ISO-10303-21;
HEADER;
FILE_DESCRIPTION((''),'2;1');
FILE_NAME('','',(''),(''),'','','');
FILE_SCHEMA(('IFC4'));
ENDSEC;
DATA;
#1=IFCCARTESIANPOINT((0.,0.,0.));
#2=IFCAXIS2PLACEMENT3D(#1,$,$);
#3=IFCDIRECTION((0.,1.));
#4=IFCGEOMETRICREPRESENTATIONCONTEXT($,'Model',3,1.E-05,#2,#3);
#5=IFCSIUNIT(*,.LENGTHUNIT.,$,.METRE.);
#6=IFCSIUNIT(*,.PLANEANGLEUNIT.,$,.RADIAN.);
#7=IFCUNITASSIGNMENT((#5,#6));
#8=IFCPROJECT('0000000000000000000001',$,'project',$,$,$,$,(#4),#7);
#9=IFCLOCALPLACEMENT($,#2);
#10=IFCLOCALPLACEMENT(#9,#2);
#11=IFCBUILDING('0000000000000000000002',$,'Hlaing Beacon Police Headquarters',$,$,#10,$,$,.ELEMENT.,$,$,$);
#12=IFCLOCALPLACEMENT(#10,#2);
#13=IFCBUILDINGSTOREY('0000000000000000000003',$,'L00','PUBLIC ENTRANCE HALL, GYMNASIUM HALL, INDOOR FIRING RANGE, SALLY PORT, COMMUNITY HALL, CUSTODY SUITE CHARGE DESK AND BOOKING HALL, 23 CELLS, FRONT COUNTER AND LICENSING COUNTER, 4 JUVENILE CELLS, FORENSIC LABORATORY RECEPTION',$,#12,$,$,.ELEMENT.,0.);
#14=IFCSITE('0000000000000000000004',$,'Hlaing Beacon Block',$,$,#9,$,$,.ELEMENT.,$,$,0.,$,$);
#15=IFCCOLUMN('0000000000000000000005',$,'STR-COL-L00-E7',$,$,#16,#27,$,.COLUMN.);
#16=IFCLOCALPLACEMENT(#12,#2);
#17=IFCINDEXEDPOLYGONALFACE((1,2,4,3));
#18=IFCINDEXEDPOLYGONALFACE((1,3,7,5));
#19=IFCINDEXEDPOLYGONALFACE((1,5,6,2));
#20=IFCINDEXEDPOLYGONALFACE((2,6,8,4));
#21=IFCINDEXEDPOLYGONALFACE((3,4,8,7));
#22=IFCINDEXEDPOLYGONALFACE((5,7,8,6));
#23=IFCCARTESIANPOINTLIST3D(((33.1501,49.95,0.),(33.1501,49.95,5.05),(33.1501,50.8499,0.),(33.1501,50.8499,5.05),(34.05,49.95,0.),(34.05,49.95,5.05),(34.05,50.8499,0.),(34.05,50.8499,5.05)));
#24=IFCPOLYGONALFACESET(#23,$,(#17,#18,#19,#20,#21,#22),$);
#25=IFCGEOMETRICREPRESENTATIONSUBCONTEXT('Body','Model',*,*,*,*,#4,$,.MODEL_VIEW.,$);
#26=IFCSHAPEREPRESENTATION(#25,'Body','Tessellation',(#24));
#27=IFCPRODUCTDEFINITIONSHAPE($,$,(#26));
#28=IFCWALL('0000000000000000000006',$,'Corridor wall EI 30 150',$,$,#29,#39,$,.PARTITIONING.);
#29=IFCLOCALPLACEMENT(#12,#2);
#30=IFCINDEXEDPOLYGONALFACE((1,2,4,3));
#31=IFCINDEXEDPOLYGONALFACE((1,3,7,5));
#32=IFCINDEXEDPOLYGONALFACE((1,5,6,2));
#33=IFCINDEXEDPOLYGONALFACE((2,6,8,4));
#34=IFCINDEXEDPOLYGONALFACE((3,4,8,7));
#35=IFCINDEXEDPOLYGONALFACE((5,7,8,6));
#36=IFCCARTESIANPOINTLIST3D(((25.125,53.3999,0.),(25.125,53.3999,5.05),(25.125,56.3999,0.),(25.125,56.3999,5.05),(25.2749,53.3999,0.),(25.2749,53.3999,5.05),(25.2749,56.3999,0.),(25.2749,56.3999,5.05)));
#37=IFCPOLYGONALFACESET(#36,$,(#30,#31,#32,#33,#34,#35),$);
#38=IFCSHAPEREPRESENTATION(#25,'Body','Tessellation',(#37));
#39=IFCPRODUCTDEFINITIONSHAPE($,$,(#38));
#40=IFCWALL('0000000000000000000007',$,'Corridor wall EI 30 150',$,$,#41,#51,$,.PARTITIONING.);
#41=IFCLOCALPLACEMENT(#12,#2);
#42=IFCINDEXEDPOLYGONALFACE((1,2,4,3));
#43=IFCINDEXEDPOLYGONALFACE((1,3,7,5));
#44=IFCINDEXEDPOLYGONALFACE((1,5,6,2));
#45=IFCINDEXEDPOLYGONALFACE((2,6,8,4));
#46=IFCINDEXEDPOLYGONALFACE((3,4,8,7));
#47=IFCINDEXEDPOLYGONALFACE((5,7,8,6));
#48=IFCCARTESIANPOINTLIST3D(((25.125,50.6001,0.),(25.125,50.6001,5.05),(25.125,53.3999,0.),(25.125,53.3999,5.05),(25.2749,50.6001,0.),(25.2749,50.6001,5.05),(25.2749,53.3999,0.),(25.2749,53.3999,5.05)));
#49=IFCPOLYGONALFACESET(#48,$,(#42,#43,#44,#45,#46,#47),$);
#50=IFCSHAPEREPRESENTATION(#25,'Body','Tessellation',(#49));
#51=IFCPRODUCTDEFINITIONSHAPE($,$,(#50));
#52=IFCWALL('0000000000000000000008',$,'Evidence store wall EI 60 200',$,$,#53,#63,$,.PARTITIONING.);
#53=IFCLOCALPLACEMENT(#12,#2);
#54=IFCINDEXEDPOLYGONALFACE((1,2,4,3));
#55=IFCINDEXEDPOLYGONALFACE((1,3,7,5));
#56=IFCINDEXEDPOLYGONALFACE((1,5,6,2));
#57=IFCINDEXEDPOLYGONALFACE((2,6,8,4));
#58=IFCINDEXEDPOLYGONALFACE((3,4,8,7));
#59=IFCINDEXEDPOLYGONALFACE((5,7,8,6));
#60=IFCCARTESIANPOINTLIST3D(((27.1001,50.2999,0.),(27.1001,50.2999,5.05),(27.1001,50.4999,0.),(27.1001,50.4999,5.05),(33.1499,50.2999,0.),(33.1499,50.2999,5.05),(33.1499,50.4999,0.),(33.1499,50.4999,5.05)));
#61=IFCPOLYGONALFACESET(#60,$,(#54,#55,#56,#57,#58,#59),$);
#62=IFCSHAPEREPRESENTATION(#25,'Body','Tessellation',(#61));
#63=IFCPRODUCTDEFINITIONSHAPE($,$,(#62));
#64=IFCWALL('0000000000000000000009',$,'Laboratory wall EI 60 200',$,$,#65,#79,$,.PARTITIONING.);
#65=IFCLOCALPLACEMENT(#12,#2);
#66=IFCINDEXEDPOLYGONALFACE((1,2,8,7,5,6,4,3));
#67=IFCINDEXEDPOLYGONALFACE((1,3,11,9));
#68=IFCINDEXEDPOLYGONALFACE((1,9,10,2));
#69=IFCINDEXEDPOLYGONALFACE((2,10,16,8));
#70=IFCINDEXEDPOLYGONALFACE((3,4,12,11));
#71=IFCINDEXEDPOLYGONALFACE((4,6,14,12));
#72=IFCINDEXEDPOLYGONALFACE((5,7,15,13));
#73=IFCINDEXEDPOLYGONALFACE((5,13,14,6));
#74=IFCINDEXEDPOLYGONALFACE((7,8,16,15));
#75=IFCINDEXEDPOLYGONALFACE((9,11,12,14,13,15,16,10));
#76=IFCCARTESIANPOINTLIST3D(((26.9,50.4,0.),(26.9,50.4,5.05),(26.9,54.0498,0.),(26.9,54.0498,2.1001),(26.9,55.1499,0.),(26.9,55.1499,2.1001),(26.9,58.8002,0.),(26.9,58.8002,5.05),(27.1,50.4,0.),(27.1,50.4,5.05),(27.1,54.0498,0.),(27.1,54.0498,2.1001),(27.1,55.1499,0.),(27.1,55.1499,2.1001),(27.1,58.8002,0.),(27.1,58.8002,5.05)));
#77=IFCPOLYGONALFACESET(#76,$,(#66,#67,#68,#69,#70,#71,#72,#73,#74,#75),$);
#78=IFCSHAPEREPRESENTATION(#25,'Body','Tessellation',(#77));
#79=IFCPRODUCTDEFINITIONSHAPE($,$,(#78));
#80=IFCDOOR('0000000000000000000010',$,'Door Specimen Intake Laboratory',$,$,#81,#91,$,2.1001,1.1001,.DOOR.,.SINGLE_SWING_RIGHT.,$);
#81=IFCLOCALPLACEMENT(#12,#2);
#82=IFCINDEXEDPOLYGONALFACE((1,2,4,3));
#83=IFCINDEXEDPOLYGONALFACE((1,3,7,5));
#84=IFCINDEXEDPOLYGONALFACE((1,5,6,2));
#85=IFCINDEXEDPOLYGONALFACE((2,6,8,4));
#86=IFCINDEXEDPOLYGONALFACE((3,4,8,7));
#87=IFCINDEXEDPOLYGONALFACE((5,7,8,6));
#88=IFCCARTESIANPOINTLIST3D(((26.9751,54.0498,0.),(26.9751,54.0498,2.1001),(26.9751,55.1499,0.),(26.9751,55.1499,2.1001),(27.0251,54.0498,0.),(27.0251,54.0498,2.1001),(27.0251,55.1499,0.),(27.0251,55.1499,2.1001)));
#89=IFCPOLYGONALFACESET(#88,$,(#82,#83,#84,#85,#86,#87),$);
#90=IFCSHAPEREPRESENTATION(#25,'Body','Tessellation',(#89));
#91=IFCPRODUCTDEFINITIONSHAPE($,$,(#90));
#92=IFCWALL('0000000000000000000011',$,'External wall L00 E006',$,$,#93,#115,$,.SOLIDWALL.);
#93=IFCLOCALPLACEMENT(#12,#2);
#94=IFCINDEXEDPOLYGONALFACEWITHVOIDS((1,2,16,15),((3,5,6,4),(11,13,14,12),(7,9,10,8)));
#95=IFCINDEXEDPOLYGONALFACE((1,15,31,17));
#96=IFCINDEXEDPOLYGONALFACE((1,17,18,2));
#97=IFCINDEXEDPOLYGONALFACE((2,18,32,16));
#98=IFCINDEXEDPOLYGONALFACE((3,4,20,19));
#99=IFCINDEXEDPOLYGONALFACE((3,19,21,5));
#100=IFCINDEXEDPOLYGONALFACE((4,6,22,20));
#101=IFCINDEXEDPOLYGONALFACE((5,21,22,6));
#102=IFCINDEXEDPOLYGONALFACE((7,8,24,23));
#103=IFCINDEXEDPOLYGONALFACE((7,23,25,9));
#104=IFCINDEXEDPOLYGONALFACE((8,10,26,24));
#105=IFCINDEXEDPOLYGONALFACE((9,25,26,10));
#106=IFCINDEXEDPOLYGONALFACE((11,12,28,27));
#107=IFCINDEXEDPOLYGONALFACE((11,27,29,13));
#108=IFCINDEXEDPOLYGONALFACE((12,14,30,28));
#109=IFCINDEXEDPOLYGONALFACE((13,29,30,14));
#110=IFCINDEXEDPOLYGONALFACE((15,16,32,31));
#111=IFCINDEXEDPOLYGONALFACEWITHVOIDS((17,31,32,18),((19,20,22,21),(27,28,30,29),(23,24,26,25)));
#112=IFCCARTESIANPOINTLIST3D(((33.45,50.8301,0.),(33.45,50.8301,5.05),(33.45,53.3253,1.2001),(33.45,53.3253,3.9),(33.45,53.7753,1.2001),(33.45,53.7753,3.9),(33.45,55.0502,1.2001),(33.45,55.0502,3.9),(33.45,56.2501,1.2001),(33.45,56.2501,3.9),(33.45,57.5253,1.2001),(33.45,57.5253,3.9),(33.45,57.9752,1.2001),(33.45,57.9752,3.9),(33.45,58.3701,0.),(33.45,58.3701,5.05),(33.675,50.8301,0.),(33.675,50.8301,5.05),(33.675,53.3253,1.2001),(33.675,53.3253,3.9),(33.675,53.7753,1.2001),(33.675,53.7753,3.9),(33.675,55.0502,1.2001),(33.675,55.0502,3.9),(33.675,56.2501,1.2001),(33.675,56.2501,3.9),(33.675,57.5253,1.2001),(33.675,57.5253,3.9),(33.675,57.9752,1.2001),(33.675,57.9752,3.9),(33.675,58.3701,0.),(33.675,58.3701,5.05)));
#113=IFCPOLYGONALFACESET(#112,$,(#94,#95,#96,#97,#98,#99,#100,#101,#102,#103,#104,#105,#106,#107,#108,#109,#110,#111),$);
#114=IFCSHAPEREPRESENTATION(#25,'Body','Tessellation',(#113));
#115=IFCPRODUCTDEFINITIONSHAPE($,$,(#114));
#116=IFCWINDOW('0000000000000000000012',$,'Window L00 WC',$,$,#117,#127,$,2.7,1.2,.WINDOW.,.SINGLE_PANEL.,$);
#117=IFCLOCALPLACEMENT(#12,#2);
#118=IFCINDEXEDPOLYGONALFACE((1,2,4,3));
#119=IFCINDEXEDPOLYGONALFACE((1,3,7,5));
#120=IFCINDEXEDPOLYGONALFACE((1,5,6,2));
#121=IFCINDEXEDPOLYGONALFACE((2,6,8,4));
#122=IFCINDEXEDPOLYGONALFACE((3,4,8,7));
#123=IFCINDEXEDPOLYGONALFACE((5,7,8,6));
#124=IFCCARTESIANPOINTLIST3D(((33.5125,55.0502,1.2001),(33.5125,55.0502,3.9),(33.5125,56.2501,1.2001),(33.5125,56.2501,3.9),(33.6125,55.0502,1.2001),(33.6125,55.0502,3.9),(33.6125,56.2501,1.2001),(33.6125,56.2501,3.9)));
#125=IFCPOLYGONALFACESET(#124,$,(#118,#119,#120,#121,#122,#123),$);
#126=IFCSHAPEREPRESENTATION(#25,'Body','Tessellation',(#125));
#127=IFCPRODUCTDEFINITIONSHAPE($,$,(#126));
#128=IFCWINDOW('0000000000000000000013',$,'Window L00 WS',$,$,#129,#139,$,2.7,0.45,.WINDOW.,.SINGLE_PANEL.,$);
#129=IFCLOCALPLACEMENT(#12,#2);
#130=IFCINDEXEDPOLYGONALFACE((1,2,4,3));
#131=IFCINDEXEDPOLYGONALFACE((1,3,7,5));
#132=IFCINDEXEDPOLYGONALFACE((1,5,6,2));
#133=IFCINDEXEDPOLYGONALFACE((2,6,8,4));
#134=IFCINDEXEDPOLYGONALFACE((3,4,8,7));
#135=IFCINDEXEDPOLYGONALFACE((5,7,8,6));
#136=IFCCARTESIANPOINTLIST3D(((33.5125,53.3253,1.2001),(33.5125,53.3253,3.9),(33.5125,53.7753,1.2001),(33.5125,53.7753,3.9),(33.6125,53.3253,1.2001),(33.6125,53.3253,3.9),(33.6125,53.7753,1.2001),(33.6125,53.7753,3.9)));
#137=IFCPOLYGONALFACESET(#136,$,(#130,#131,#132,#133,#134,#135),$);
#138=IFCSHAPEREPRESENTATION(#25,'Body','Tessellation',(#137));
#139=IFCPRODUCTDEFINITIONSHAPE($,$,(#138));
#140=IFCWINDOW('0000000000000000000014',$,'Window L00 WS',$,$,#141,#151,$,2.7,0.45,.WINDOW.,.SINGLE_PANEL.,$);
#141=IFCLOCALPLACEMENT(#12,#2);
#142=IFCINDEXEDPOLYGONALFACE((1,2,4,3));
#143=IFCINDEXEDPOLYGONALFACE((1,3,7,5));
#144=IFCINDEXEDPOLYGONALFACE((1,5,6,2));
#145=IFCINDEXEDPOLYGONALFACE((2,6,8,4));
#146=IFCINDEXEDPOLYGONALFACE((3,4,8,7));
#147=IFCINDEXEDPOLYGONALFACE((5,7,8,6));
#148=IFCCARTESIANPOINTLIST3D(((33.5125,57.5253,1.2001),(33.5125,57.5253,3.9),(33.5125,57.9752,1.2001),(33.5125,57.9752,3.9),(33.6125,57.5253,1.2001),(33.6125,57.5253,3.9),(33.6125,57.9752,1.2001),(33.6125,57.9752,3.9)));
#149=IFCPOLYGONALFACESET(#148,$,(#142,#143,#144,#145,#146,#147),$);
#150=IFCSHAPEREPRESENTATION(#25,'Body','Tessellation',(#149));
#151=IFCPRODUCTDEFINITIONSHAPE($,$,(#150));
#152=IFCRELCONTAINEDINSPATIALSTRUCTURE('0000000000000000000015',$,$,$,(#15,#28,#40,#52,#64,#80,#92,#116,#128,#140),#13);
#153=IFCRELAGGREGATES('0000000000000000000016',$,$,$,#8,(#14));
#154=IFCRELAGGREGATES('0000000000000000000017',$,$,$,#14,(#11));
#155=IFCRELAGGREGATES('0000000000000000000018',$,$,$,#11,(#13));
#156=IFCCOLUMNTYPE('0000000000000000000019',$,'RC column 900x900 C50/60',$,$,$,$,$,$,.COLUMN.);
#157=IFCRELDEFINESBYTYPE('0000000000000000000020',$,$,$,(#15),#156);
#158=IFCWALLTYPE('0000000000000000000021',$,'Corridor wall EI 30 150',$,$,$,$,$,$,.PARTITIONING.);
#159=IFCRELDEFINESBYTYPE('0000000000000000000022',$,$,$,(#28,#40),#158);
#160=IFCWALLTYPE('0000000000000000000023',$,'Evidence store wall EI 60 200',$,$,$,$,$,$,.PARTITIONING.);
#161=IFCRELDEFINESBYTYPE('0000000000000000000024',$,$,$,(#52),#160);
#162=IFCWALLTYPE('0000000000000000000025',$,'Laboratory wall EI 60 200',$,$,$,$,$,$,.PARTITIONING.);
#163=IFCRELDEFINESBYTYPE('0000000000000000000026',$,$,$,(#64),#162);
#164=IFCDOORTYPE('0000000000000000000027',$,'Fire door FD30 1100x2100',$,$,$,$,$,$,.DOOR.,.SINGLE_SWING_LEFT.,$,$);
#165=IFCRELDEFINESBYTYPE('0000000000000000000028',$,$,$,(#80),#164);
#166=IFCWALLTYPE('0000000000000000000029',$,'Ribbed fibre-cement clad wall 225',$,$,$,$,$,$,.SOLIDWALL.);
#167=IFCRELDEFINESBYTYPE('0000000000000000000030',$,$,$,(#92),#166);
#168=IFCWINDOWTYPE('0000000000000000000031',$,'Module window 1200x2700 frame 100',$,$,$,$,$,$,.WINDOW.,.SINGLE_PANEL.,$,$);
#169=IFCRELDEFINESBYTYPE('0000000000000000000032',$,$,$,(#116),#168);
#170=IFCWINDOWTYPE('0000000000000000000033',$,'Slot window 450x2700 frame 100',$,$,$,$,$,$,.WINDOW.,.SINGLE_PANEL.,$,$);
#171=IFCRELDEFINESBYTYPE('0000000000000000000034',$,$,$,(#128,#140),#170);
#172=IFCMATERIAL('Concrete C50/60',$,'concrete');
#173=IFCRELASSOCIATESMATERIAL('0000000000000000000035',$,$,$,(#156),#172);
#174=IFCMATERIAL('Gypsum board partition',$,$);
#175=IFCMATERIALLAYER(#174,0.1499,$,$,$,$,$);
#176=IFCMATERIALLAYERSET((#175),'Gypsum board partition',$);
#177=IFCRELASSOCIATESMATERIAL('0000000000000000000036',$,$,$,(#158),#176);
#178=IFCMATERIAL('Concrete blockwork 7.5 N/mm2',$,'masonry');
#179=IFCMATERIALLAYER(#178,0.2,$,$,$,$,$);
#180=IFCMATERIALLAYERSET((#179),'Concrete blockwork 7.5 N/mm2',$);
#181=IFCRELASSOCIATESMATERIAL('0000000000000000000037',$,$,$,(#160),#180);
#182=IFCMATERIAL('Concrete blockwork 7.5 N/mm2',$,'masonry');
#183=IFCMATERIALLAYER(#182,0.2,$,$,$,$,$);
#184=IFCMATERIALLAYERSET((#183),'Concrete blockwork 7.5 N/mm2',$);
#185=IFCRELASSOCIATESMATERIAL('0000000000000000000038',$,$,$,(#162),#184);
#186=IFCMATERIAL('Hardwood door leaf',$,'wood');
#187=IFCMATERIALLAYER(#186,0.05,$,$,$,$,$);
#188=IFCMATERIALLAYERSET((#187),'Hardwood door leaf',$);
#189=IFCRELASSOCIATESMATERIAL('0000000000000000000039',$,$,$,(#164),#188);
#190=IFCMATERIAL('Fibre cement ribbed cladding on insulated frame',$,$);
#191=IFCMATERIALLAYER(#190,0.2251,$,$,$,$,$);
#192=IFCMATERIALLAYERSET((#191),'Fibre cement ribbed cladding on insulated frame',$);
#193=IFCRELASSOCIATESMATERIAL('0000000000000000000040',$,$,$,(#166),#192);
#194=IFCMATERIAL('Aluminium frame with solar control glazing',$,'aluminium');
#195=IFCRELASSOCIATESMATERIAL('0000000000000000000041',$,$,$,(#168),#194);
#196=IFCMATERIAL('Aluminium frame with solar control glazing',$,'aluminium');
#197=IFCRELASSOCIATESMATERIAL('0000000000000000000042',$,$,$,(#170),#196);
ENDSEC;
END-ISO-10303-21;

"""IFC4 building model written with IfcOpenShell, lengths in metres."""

from ifc_helpers import new_model, si_unit, direction, frame, frame_2d, origin, origin_2d, place, context, subcontext, project, spatial, rectangle, extrude, material, layer, layer_set, material_profile, profile_set, type_object, element, fill, save


model = new_model("IFC4")

# Units and contexts
model_context = context("Model", 3, precision=1e-05, world=origin(), true_north=direction((0.0, 1.0)))
body_context = subcontext(model_context, "Body", "Model", "MODEL_VIEW")
ifc_project = project(units=[si_unit("LENGTHUNIT", "METRE"), si_unit("PLANEANGLEUNIT", "RADIAN")], contexts=[model_context])

# Site, building, storey
site_placement = place(None, origin())
site = spatial("IfcSite", under=ifc_project, at=site_placement, Name="Hlaing Beacon Block", CompositionType="ELEMENT", RefElevation=0.0)
building_placement = place(site_placement, origin())
building = spatial("IfcBuilding", under=site, at=building_placement, Name="Hlaing Beacon Police Headquarters", CompositionType="ELEMENT")
storey_placement = place(building_placement, origin())
storey = spatial("IfcBuildingStorey", under=building, at=storey_placement, Name="L00", Description="PUBLIC ENTRANCE HALL, GYMNASIUM HALL, INDOOR FIRING RANGE, SALLY PORT, COMMUNITY HALL, CUSTODY SUITE CHARGE DESK AND BOOKING HALL, 23 CELLS, FRONT COUNTER AND LICENSING COUNTER, 4 JUVENILE CELLS, FORENSIC LABORATORY RECEPTION", CompositionType="ELEMENT", Elevation=0.0)

# Column
ifc_material_1 = material(Name="Concrete C50/60", Category="concrete")
ifc_material_profile = material_profile(ifc_material_1, rectangle(XDim=0.8999, YDim=0.8999, at=origin_2d()), Name="900x900")
ifc_profile_set = profile_set([ifc_material_profile], Name="Concrete C50/60")
column_type = type_object("IfcColumnType", Name="RC column 900x900 C50/60", PredefinedType="COLUMN", material=ifc_profile_set)
column_placement = place(storey_placement, frame((33.6001, 50.3999, 0.0), z_axis=(0.0, 0.0, 1.0), x_axis=(1.0, 0.0, 0.0)))
element("IfcColumn", 1, at=column_placement, inside=storey, type_object=column_type, Name="STR-COL-L00-E7", PredefinedType="COLUMN", context=body_context, shape_type="SweptSolid", body=[
    extrude(rectangle(XDim=0.8999, YDim=0.8999, at=origin_2d()), origin(), (0.0, 0.0, 1.0), 5.05),
])

# Walls
ifc_material_2 = material(Name="Gypsum board partition")
ifc_layer_1 = layer(ifc_material_2, 0.1499)
ifc_layer_set_1 = layer_set([ifc_layer_1], Name="Gypsum board partition")
wall_type_1 = type_object("IfcWallType", Name="Corridor wall EI 30 150", PredefinedType="PARTITIONING", material=ifc_layer_set_1)
wall_1_placement = place(storey_placement, frame((25.2, 53.3999, 0.0), z_axis=(0.0, 0.0, 1.0), x_axis=(0.0, 1.0, 0.0)))
element("IfcWall", 2, at=wall_1_placement, inside=storey, type_object=wall_type_1, Name="Corridor wall EI 30 150", PredefinedType="PARTITIONING", context=body_context, shape_type="SweptSolid", body=[
    extrude(rectangle(XDim=3.0, YDim=0.1499, at=frame_2d((1.5, 0.0))), origin(), (0.0, 0.0, 1.0), 5.05),
])
wall_2_placement = place(storey_placement, frame((25.2, 50.6001, 0.0), z_axis=(0.0, 0.0, 1.0), x_axis=(0.0, 1.0, 0.0)))
element("IfcWall", 3, at=wall_2_placement, inside=storey, type_object=wall_type_1, Name="Corridor wall EI 30 150", PredefinedType="PARTITIONING", context=body_context, shape_type="SweptSolid", body=[
    extrude(rectangle(XDim=2.7998, YDim=0.1499, at=frame_2d((1.3999, 0.0))), origin(), (0.0, 0.0, 1.0), 5.05),
])
ifc_material_3 = material(Name="Concrete blockwork 7.5 N/mm2", Category="masonry")
ifc_layer_2 = layer(ifc_material_3, 0.2)
ifc_layer_set_2 = layer_set([ifc_layer_2], Name="Concrete blockwork 7.5 N/mm2")
wall_type_2 = type_object("IfcWallType", Name="Evidence store wall EI 60 200", PredefinedType="PARTITIONING", material=ifc_layer_set_2)
wall_3_placement = place(storey_placement, frame((27.1001, 50.3999, 0.0), z_axis=(0.0, 0.0, 1.0), x_axis=(1.0, 0.0, 0.0)))
element("IfcWall", 4, at=wall_3_placement, inside=storey, type_object=wall_type_2, Name="Evidence store wall EI 60 200", PredefinedType="PARTITIONING", context=body_context, shape_type="SweptSolid", body=[
    extrude(rectangle(XDim=6.0498, YDim=0.2, at=frame_2d((3.0249, 0.0))), origin(), (0.0, 0.0, 1.0), 5.05),
])

# Wall, opening, door
ifc_material_4 = material(Name="Concrete blockwork 7.5 N/mm2", Category="masonry")
ifc_layer_3 = layer(ifc_material_4, 0.2)
ifc_layer_set_3 = layer_set([ifc_layer_3], Name="Concrete blockwork 7.5 N/mm2")
wall_type_3 = type_object("IfcWallType", Name="Laboratory wall EI 60 200", PredefinedType="PARTITIONING", material=ifc_layer_set_3)
wall_4_placement = place(storey_placement, frame((27.0, 50.3999, 0.0), z_axis=(0.0, 0.0, 1.0), x_axis=(0.0, 1.0, 0.0)))
wall_4 = element("IfcWall", 5, at=wall_4_placement, inside=storey, type_object=wall_type_3, Name="Laboratory wall EI 60 200", PredefinedType="PARTITIONING", context=body_context, shape_type="SweptSolid", body=[
    extrude(rectangle(XDim=8.4001, YDim=0.2, at=frame_2d((4.2002, 0.0))), origin(), (0.0, 0.0, 1.0), 5.05),
])
opening_1_placement = place(wall_4_placement, frame((3.6499, 0.0, 0.0)))
opening_1 = element("IfcOpeningElement", 6, at=opening_1_placement, cuts=wall_4, PredefinedType="OPENING", context=body_context, shape_type="SweptSolid", body=[
    extrude(rectangle(XDim=1.1001, YDim=2.1001, at=frame_2d((0.55, 1.05))), frame((0.0, 0.1099, 0.0), z_axis=(0.0, -1.0, 0.0), x_axis=(1.0, 0.0, 0.0)), (0.0, 0.0, 1.0), 0.22),
])
ifc_material_5 = material(Name="Hardwood door leaf", Category="wood")
ifc_layer_4 = layer(ifc_material_5, 0.05)
ifc_layer_set_4 = layer_set([ifc_layer_4], Name="Hardwood door leaf")
door_type = type_object("IfcDoorType", Name="Fire door FD30 1100x2100", OperationType="SINGLE_SWING_LEFT", PredefinedType="DOOR", material=ifc_layer_set_4)
door_placement = place(opening_1_placement, frame((1.1001, 0.0, 0.0), z_axis=(0.0, 0.0, 1.0), x_axis=(-1.0, 0.0, 0.0)))
door = element("IfcDoor", 7, at=door_placement, inside=storey, type_object=door_type, Name="Door Specimen Intake Laboratory", OperationType="SINGLE_SWING_RIGHT", OverallHeight=2.1001, OverallWidth=1.1001, PredefinedType="DOOR", context=body_context, shape_type="SweptSolid", body=[
    extrude(rectangle(XDim=1.1001, YDim=2.1001, at=frame_2d((0.55, 1.05))), frame((0.0, 0.0251, 0.0), z_axis=(0.0, -1.0, 0.0), x_axis=(1.0, 0.0, 0.0)), (0.0, 0.0, 1.0), 0.05),
])
fill(opening_1, door)

# Wall, openings, windows
ifc_material_6 = material(Name="Fibre cement ribbed cladding on insulated frame")
ifc_layer_5 = layer(ifc_material_6, 0.2251)
ifc_layer_set_5 = layer_set([ifc_layer_5], Name="Fibre cement ribbed cladding on insulated frame")
wall_type_4 = type_object("IfcWallType", Name="Ribbed fibre-cement clad wall 225", PredefinedType="SOLIDWALL", material=ifc_layer_set_5)
wall_5_placement = place(storey_placement, frame((33.5625, 50.8301, 0.0), z_axis=(0.0, 0.0, 1.0), x_axis=(0.0, 1.0, 0.0)))
wall_5 = element("IfcWall", 8, at=wall_5_placement, inside=storey, type_object=wall_type_4, Name="External wall L00 E006", PredefinedType="SOLIDWALL", context=body_context, shape_type="SweptSolid", body=[
    extrude(rectangle(XDim=7.54, YDim=0.2251, at=frame_2d((3.77, 0.0))), origin(), (0.0, 0.0, 1.0), 5.05),
])
opening_2_placement = place(wall_5_placement, frame((2.4951, 0.0, 1.2)))
opening_2 = element("IfcOpeningElement", 9, at=opening_2_placement, cuts=wall_5, PredefinedType="OPENING", context=body_context, shape_type="SweptSolid", body=[
    extrude(rectangle(XDim=0.45, YDim=2.7, at=frame_2d((0.2251, 1.3501))), frame((0.0, 0.1226, 0.0), z_axis=(0.0, -1.0, 0.0), x_axis=(1.0, 0.0, 0.0)), (0.0, 0.0, 1.0), 0.2451),
])
opening_3_placement = place(wall_5_placement, frame((4.22, 0.0, 1.2)))
opening_3 = element("IfcOpeningElement", 10, at=opening_3_placement, cuts=wall_5, PredefinedType="OPENING", context=body_context, shape_type="SweptSolid", body=[
    extrude(rectangle(XDim=1.2, YDim=2.7, at=frame_2d((0.6001, 1.3501))), frame((0.0, 0.1226, 0.0), z_axis=(0.0, -1.0, 0.0), x_axis=(1.0, 0.0, 0.0)), (0.0, 0.0, 1.0), 0.2451),
])
opening_4_placement = place(wall_5_placement, frame((6.6951, 0.0, 1.2)))
opening_4 = element("IfcOpeningElement", 11, at=opening_4_placement, cuts=wall_5, PredefinedType="OPENING", context=body_context, shape_type="SweptSolid", body=[
    extrude(rectangle(XDim=0.45, YDim=2.7, at=frame_2d((0.2251, 1.3501))), frame((0.0, 0.1226, 0.0), z_axis=(0.0, -1.0, 0.0), x_axis=(1.0, 0.0, 0.0)), (0.0, 0.0, 1.0), 0.2451),
])
ifc_material_7 = material(Name="Aluminium frame with solar control glazing", Category="aluminium")
window_type_1 = type_object("IfcWindowType", Name="Module window 1200x2700 frame 100", PartitioningType="SINGLE_PANEL", PredefinedType="WINDOW", material=ifc_material_7)
window_1_placement = place(opening_3_placement, origin())
window_1 = element("IfcWindow", 12, at=window_1_placement, inside=storey, type_object=window_type_1, Name="Window L00 WC", OverallHeight=2.7, OverallWidth=1.2, PartitioningType="SINGLE_PANEL", PredefinedType="WINDOW", context=body_context, shape_type="SweptSolid", body=[
    extrude(rectangle(XDim=1.2, YDim=2.7, at=frame_2d((0.6001, 1.3501))), frame((0.0, 0.05, 0.0), z_axis=(0.0, -1.0, 0.0), x_axis=(1.0, 0.0, 0.0)), (0.0, 0.0, 1.0), 0.1001),
])
fill(opening_3, window_1)
ifc_material_8 = material(Name="Aluminium frame with solar control glazing", Category="aluminium")
window_type_2 = type_object("IfcWindowType", Name="Slot window 450x2700 frame 100", PartitioningType="SINGLE_PANEL", PredefinedType="WINDOW", material=ifc_material_8)
window_2_placement = place(opening_2_placement, origin())
window_2 = element("IfcWindow", 13, at=window_2_placement, inside=storey, type_object=window_type_2, Name="Window L00 WS", OverallHeight=2.7, OverallWidth=0.45, PartitioningType="SINGLE_PANEL", PredefinedType="WINDOW", context=body_context, shape_type="SweptSolid", body=[
    extrude(rectangle(XDim=0.45, YDim=2.7, at=frame_2d((0.2251, 1.3501))), frame((0.0, 0.05, 0.0), z_axis=(0.0, -1.0, 0.0), x_axis=(1.0, 0.0, 0.0)), (0.0, 0.0, 1.0), 0.1001),
])
fill(opening_2, window_2)
window_3_placement = place(opening_4_placement, origin())
window_3 = element("IfcWindow", 14, at=window_3_placement, inside=storey, type_object=window_type_2, Name="Window L00 WS", OverallHeight=2.7, OverallWidth=0.45, PartitioningType="SINGLE_PANEL", PredefinedType="WINDOW", context=body_context, shape_type="SweptSolid", body=[
    extrude(rectangle(XDim=0.45, YDim=2.7, at=frame_2d((0.2251, 1.3501))), frame((0.0, 0.05, 0.0), z_axis=(0.0, -1.0, 0.0), x_axis=(1.0, 0.0, 0.0)), (0.0, 0.0, 1.0), 0.1001),
])
fill(opening_4, window_3)

save(model, "model.ifc")
